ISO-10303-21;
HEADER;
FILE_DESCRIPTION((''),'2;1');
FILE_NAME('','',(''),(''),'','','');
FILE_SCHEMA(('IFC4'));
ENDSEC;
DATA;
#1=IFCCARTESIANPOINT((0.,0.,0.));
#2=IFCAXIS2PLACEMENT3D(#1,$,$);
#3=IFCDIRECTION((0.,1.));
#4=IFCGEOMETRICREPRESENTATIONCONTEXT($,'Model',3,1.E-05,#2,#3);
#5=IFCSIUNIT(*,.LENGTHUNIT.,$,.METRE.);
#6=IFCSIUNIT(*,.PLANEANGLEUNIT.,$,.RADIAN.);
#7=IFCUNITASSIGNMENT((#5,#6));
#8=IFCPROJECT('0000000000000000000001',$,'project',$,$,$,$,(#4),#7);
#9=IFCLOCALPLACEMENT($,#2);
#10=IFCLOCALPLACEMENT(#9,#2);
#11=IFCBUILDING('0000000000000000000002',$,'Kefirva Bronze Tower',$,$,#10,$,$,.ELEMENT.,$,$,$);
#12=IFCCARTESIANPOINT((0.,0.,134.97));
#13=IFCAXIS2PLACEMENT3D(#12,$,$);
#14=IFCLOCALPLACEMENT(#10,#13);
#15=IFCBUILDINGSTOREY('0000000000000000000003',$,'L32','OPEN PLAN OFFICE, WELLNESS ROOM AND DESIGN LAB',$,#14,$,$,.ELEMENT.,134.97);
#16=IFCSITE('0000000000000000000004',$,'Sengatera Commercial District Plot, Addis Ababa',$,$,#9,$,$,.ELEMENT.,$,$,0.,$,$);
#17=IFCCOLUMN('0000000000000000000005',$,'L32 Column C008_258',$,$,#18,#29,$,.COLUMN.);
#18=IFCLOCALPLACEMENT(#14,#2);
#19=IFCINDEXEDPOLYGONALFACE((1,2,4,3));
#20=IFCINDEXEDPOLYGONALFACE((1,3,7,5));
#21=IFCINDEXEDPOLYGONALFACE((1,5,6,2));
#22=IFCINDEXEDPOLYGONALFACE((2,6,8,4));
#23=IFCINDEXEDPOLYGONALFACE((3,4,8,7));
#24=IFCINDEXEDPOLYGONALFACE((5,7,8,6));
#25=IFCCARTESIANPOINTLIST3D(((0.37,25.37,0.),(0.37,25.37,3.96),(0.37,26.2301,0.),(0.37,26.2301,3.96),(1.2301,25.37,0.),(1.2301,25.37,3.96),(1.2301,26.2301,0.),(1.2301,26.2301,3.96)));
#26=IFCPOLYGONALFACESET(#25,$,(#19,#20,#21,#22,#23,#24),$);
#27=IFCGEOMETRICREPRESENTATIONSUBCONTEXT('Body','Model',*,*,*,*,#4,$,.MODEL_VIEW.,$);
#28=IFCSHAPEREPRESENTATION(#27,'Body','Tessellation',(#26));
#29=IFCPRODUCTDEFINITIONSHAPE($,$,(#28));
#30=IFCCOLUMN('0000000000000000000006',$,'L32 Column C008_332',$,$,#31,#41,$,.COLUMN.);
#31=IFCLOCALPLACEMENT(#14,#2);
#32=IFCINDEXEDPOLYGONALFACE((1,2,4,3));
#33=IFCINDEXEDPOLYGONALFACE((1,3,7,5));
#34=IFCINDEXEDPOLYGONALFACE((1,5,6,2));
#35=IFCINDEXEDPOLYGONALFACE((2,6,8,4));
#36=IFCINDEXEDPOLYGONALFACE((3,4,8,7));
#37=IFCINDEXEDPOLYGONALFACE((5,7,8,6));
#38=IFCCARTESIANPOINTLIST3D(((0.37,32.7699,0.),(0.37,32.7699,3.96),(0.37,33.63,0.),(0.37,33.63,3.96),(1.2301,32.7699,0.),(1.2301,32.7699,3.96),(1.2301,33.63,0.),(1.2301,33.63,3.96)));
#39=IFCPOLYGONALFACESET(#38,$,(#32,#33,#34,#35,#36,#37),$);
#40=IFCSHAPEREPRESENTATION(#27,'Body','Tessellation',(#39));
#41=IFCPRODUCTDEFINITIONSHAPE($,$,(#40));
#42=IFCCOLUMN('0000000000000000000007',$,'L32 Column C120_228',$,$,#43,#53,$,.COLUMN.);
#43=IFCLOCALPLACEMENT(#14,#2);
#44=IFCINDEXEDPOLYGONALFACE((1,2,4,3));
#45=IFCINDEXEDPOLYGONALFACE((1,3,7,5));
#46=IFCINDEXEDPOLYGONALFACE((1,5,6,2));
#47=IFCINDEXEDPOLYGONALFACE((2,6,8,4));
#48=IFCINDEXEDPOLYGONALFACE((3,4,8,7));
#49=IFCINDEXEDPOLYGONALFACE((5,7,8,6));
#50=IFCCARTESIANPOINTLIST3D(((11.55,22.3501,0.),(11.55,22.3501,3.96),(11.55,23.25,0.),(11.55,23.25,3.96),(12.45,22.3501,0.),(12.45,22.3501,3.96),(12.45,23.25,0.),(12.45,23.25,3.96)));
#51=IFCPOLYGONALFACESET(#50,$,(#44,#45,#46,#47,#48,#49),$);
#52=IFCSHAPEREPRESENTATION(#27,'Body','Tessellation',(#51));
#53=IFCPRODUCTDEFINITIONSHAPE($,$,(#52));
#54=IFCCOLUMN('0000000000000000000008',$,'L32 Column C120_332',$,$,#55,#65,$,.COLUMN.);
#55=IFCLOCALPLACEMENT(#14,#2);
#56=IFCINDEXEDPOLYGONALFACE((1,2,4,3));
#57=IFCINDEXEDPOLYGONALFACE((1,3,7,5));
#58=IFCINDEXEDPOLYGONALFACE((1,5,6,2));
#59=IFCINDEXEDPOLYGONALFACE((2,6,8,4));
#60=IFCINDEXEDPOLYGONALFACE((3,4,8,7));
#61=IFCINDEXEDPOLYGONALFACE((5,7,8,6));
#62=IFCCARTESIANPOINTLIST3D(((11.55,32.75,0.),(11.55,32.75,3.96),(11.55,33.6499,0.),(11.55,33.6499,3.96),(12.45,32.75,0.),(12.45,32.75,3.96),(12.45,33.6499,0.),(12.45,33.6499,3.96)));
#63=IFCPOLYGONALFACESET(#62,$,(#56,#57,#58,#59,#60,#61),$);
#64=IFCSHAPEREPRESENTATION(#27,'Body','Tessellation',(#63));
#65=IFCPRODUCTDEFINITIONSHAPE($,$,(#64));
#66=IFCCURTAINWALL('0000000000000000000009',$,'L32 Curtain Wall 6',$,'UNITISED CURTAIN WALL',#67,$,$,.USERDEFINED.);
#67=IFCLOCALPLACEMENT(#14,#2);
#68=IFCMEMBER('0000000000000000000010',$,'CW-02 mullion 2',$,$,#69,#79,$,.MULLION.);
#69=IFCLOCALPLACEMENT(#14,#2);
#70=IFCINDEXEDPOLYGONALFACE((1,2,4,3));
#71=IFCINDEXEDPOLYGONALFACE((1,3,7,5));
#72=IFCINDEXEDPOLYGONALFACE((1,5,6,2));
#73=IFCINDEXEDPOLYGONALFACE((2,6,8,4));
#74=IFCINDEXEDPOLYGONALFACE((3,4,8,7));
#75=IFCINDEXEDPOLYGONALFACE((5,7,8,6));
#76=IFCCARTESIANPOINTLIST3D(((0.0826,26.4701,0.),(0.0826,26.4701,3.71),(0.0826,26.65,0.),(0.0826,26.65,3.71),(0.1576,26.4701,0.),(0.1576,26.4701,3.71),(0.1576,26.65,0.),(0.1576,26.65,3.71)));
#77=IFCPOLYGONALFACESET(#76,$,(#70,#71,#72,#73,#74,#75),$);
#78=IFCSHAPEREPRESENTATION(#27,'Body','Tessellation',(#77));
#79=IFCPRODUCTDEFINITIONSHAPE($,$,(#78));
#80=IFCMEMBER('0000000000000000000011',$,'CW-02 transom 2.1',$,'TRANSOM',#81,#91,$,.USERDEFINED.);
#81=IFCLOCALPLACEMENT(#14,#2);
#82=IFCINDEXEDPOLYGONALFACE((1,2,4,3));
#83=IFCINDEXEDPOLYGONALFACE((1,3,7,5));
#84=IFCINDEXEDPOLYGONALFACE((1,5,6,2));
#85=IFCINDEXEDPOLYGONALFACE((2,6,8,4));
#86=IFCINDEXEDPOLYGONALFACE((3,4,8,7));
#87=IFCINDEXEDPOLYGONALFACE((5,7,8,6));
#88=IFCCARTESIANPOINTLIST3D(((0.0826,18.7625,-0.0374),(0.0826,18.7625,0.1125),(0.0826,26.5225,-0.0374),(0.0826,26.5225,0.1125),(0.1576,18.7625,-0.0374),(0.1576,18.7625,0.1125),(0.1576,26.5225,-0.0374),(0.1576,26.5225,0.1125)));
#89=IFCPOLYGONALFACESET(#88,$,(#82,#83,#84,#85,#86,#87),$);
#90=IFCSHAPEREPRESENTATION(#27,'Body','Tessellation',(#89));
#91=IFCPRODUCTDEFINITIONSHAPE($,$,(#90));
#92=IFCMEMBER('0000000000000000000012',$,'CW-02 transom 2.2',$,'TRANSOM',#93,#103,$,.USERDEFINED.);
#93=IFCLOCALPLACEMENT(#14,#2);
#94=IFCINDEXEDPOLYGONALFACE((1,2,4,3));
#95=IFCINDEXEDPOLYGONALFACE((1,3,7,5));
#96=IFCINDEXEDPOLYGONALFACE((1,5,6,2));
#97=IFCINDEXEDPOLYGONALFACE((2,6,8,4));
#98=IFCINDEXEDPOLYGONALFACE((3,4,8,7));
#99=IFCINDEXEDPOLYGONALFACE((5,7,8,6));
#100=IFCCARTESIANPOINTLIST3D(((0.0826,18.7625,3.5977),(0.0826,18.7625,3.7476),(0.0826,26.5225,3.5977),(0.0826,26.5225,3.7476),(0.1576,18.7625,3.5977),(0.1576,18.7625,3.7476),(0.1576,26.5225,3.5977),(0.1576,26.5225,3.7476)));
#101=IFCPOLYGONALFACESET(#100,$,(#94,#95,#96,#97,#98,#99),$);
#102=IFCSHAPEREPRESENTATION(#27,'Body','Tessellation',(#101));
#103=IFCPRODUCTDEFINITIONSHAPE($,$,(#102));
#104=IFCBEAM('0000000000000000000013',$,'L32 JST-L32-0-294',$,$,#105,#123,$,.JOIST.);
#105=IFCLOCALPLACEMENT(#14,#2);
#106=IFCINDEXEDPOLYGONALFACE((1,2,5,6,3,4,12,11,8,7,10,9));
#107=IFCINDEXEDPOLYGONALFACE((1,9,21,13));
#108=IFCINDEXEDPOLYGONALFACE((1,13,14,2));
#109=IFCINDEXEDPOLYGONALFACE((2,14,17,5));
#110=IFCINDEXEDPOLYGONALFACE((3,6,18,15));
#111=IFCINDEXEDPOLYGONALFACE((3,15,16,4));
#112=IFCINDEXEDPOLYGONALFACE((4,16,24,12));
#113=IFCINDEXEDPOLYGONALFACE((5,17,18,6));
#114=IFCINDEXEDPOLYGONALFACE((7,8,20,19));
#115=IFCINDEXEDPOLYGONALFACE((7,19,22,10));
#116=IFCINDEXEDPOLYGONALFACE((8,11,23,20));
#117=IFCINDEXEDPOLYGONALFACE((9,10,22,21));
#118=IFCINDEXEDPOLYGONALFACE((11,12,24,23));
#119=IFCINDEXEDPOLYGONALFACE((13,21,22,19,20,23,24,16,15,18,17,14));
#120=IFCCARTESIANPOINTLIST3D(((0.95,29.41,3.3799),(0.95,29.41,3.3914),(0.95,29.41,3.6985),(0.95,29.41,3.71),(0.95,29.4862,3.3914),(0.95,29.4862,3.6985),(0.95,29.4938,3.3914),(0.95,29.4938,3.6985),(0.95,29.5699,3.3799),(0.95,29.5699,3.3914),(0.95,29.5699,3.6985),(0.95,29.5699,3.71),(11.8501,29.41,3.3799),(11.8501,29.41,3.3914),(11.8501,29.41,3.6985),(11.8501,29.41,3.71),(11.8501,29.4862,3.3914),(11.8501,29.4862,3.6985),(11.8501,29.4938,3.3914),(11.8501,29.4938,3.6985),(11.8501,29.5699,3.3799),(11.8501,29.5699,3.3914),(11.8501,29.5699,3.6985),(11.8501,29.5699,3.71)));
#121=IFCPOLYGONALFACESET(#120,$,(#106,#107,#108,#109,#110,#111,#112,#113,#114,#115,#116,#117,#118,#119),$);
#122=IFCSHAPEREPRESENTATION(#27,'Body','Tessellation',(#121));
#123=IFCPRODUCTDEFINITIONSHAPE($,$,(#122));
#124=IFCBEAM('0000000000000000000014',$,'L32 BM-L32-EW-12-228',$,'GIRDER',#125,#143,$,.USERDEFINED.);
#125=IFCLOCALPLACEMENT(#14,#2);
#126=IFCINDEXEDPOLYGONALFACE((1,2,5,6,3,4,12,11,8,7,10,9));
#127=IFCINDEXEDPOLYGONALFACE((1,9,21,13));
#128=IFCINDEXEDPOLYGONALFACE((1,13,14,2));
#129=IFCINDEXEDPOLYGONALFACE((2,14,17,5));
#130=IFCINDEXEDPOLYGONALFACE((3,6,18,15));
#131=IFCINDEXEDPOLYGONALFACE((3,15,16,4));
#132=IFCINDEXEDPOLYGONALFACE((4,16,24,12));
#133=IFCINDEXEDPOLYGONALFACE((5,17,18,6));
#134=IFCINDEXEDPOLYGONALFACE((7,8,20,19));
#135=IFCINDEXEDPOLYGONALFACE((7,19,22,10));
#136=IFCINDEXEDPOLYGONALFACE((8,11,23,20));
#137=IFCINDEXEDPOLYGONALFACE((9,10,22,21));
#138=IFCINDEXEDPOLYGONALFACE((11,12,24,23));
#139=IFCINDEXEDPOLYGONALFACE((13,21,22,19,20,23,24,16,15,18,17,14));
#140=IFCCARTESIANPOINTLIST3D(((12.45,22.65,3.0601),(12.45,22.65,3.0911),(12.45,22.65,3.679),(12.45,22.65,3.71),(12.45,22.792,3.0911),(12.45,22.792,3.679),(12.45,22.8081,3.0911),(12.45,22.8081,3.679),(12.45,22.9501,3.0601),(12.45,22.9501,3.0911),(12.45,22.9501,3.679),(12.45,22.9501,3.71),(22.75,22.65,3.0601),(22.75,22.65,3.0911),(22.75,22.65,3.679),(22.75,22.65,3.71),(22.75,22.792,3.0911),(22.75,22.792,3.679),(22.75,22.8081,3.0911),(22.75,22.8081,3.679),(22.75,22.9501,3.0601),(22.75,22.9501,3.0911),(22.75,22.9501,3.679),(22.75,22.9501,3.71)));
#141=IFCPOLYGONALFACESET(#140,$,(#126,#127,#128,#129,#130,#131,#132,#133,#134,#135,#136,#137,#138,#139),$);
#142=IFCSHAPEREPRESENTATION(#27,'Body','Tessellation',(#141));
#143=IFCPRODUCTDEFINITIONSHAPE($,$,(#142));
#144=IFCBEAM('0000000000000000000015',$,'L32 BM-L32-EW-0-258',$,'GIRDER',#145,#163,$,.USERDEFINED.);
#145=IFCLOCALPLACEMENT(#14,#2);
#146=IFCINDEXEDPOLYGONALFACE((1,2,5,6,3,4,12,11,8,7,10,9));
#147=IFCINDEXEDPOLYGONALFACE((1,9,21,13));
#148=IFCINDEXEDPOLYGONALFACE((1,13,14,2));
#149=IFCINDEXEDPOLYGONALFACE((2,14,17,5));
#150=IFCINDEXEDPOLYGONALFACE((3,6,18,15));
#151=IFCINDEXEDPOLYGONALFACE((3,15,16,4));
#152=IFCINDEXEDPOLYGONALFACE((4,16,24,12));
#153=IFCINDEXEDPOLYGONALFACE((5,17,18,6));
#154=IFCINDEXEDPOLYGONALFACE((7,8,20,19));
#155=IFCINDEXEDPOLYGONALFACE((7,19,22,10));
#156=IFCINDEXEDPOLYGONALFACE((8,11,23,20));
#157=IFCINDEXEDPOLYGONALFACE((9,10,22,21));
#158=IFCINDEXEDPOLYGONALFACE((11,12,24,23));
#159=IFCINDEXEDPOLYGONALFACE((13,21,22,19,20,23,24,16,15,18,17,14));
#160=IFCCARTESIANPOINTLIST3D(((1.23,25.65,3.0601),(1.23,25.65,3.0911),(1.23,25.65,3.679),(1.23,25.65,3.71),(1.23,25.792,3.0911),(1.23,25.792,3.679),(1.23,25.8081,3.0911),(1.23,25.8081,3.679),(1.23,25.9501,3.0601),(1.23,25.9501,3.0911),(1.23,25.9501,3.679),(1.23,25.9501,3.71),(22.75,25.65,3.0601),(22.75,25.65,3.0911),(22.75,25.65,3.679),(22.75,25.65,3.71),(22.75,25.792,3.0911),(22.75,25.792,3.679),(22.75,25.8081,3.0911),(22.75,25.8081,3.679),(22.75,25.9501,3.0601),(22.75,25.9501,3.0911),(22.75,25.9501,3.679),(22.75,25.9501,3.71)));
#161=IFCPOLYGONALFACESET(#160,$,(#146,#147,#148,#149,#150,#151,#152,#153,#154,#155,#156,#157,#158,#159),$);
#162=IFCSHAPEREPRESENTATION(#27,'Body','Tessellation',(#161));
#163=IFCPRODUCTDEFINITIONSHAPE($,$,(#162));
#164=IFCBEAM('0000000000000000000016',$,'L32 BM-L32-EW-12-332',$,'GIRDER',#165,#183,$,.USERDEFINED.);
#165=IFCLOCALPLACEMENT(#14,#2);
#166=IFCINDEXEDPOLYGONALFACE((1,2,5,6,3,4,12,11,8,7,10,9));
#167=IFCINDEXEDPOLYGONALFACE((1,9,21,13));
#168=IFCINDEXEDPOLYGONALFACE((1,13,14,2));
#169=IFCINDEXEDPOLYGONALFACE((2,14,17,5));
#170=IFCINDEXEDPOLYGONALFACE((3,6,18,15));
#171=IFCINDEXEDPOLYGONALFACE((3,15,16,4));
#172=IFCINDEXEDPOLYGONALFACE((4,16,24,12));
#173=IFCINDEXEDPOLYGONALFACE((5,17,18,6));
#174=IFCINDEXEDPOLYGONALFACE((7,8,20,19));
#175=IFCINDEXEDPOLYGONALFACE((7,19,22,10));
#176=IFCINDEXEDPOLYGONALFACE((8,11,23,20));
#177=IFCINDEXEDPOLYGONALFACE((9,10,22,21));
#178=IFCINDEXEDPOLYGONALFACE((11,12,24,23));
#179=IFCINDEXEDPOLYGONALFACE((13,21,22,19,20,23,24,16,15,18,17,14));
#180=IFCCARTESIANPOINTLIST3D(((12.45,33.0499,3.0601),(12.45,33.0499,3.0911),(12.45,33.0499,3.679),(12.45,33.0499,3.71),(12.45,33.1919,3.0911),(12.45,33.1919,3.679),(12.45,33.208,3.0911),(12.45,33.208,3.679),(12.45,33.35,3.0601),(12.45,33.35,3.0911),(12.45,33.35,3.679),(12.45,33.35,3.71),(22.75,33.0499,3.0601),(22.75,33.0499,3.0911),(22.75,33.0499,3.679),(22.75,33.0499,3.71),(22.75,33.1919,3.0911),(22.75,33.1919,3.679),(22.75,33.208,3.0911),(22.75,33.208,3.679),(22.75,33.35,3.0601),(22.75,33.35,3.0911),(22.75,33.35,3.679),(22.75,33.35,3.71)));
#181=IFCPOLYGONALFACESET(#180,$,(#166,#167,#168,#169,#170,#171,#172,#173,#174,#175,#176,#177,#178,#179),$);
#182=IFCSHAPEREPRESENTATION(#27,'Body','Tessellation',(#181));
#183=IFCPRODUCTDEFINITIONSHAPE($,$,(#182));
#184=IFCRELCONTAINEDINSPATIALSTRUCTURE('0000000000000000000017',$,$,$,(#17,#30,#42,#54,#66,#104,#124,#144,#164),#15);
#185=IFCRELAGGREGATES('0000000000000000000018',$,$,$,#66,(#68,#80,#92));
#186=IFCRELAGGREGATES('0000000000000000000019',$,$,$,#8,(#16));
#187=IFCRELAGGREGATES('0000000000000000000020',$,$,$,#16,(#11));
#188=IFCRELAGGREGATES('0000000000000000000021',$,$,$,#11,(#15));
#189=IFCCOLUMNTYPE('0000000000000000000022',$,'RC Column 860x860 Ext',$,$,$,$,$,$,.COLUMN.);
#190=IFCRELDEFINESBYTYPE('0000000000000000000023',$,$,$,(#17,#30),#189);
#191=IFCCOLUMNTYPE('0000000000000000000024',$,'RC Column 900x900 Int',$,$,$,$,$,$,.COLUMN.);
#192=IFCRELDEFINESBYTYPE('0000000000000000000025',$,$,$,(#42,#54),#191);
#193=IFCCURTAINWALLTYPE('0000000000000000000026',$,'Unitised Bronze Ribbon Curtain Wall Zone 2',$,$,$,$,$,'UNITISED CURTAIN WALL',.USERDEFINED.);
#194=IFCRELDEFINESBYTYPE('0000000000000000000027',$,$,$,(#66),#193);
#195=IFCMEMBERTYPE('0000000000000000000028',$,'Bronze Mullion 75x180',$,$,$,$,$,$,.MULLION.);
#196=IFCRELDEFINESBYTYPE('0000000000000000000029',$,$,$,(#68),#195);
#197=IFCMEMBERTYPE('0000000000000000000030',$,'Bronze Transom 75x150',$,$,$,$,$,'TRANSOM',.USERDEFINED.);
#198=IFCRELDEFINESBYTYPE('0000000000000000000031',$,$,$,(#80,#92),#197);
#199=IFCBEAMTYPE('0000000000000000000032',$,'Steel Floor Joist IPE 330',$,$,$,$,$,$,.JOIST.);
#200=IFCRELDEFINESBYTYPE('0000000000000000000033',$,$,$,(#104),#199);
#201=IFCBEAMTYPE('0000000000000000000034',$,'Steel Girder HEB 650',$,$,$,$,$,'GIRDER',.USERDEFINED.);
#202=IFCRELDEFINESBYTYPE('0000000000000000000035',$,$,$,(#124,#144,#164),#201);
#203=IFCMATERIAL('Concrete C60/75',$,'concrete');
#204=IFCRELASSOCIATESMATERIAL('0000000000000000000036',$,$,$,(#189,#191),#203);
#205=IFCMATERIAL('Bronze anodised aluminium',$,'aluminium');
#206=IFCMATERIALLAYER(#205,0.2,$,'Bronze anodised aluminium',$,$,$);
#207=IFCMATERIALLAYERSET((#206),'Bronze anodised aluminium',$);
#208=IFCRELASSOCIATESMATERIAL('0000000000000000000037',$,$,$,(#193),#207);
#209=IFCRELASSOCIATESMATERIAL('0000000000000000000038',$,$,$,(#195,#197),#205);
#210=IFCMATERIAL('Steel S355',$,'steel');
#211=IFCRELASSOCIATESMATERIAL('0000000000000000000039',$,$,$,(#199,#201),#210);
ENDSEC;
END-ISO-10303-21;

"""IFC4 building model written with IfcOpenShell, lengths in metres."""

from ifc_helpers import new_model, si_unit, direction, frame, origin, origin_2d, place, context, subcontext, project, spatial, rectangle, i_section, extrude, material, layer, layer_set, material_profile, profile_set, type_object, element, aggregate, save


model = new_model("IFC4")

# Units and contexts
model_context = context("Model", 3, precision=1e-05, world=origin(), true_north=direction((0.0, 1.0)))
body_context = subcontext(model_context, "Body", "Model", "MODEL_VIEW")
ifc_project = project(units=[si_unit("LENGTHUNIT", "METRE"), si_unit("PLANEANGLEUNIT", "RADIAN")], contexts=[model_context])

# Site, building, storey
site_placement = place(None, origin())
site = spatial("IfcSite", under=ifc_project, at=site_placement, Name="Sengatera Commercial District Plot, Addis Ababa", CompositionType="ELEMENT", RefElevation=0.0)
building_placement = place(site_placement, origin())
building = spatial("IfcBuilding", under=site, at=building_placement, Name="Kefirva Bronze Tower", CompositionType="ELEMENT")
storey_placement = place(building_placement, frame((0.0, 0.0, 134.97)))
storey = spatial("IfcBuildingStorey", under=building, at=storey_placement, Name="L32", Description="OPEN PLAN OFFICE, WELLNESS ROOM AND DESIGN LAB", CompositionType="ELEMENT", Elevation=134.97)

# Columns
ifc_material_1 = material(Name="Concrete C60/75", Category="concrete")
ifc_material_profile_1 = material_profile(ifc_material_1, rectangle(XDim=0.8601, YDim=0.8601, at=origin_2d()), Name="RC 860x860")
ifc_profile_set_1 = profile_set([ifc_material_profile_1], Name="Concrete C60/75")
column_type_1 = type_object("IfcColumnType", Name="RC Column 860x860 Ext", PredefinedType="COLUMN", material=ifc_profile_set_1)
for number, where, z_axis, x_axis, name in (
    (1, (0.8, 25.8, 0.0), (0.0, 0.0, 1.0), (1.0, 0.0, 0.0), "L32 Column C008_258"),
    (2, (0.8, 33.2, 0.0), (0.0, 0.0, 1.0), (1.0, 0.0, 0.0), "L32 Column C008_332"),
):
    element("IfcColumn", number, at=place(storey_placement, frame(where, z_axis=z_axis, x_axis=x_axis)), inside=storey, type_object=column_type_1, Name=name, PredefinedType="COLUMN", context=body_context, shape_type="SweptSolid", body=[
        extrude(rectangle(XDim=0.8601, YDim=0.8601, at=origin_2d()), origin(), (0.0, 0.0, 1.0), 3.96),
    ])
ifc_material_profile_2 = material_profile(ifc_material_1, rectangle(XDim=0.8999, YDim=0.8999, at=origin_2d()), Name="RC 900x900")
ifc_profile_set_2 = profile_set([ifc_material_profile_2], Name="Concrete C60/75")
column_type_2 = type_object("IfcColumnType", Name="RC Column 900x900 Int", PredefinedType="COLUMN", material=ifc_profile_set_2)
for number, where, z_axis, x_axis, name in (
    (3, (12.0, 22.8, 0.0), (0.0, 0.0, 1.0), (1.0, 0.0, 0.0), "L32 Column C120_228"),
    (4, (12.0, 33.2, 0.0), (0.0, 0.0, 1.0), (1.0, 0.0, 0.0), "L32 Column C120_332"),
):
    element("IfcColumn", number, at=place(storey_placement, frame(where, z_axis=z_axis, x_axis=x_axis)), inside=storey, type_object=column_type_2, Name=name, PredefinedType="COLUMN", context=body_context, shape_type="SweptSolid", body=[
        extrude(rectangle(XDim=0.8999, YDim=0.8999, at=origin_2d()), origin(), (0.0, 0.0, 1.0), 3.96),
    ])

# Curtain wall, members
ifc_material_2 = material(Name="Bronze anodised aluminium", Category="aluminium")
ifc_layer_1 = layer(ifc_material_2, 0.2, Name="Bronze anodised aluminium")
ifc_layer_set_1 = layer_set([ifc_layer_1], Name="Bronze anodised aluminium")
curtain_wall_type = type_object("IfcCurtainWallType", Name="Unitised Bronze Ribbon Curtain Wall Zone 2", ElementType="UNITISED CURTAIN WALL", PredefinedType="USERDEFINED", material=ifc_layer_set_1)
curtain_wall_placement = place(storey_placement, origin())
curtain_wall = element("IfcCurtainWall", 5, at=curtain_wall_placement, inside=storey, type_object=curtain_wall_type, Name="L32 Curtain Wall 6", ObjectType="UNITISED CURTAIN WALL", PredefinedType="USERDEFINED")
ifc_material_profile_3 = material_profile(ifc_material_2, rectangle(XDim=0.075, YDim=0.1799, at=origin_2d()), Name="ALU 75x180")
ifc_profile_set_3 = profile_set([ifc_material_profile_3], Name="Bronze anodised aluminium")
member_type_1 = type_object("IfcMemberType", Name="Bronze Mullion 75x180", PredefinedType="MULLION", material=ifc_profile_set_3)
member_1_placement = place(storey_placement, frame((0.1201, 26.5601, 0.0), z_axis=(0.0, 0.0, 1.0), x_axis=(1.0, 0.0, 0.0)))
member_1 = element("IfcMember", 6, at=member_1_placement, type_object=member_type_1, Name="CW-02 mullion 2", PredefinedType="MULLION", context=body_context, shape_type="SweptSolid", body=[
    extrude(rectangle(XDim=0.075, YDim=0.1799, at=origin_2d()), origin(), (0.0, 0.0, 1.0), 3.71),
])
ifc_material_profile_4 = material_profile(ifc_material_2, rectangle(XDim=0.075, YDim=0.1499, at=origin_2d()), Name="ALU 75x150")
ifc_profile_set_4 = profile_set([ifc_material_profile_4], Name="Bronze anodised aluminium")
member_type_2 = type_object("IfcMemberType", Name="Bronze Transom 75x150", ElementType="TRANSOM", PredefinedType="USERDEFINED", material=ifc_profile_set_4)
member_2_placement = place(storey_placement, frame((0.1201, 26.5225, 0.0376), z_axis=(0.0, -1.0, 0.0), x_axis=(1.0, 0.0, 0.0)))
member_2 = element("IfcMember", 7, at=member_2_placement, type_object=member_type_2, Name="CW-02 transom 2.1", ObjectType="TRANSOM", PredefinedType="USERDEFINED", context=body_context, shape_type="SweptSolid", body=[
    extrude(rectangle(XDim=0.075, YDim=0.1499, at=origin_2d()), origin(), (0.0, 0.0, 1.0), 7.76),
])
member_3_placement = place(storey_placement, frame((0.1201, 26.5225, 3.6726), z_axis=(0.0, -1.0, 0.0), x_axis=(1.0, 0.0, 0.0)))
member_3 = element("IfcMember", 8, at=member_3_placement, type_object=member_type_2, Name="CW-02 transom 2.2", ObjectType="TRANSOM", PredefinedType="USERDEFINED", context=body_context, shape_type="SweptSolid", body=[
    extrude(rectangle(XDim=0.075, YDim=0.1499, at=origin_2d()), origin(), (0.0, 0.0, 1.0), 7.76),
])

# Beams
ifc_material_3 = material(Name="Steel S355", Category="steel")
ifc_material_profile_5 = material_profile(ifc_material_3, i_section(OverallWidth=0.1599, OverallDepth=0.3301, WebThickness=0.0076, FlangeThickness=0.0115, at=origin_2d()), Name="IPE 330")
ifc_profile_set_5 = profile_set([ifc_material_profile_5], Name="Steel S355")
beam_type_1 = type_object("IfcBeamType", Name="Steel Floor Joist IPE 330", PredefinedType="JOIST", material=ifc_profile_set_5)
beam_1_placement = place(storey_placement, frame((0.95, 29.49, 3.5449), z_axis=(1.0, 0.0, 0.0), x_axis=(0.0, 1.0, 0.0)))
element("IfcBeam", 9, at=beam_1_placement, inside=storey, type_object=beam_type_1, Name="L32 JST-L32-0-294", PredefinedType="JOIST", context=body_context, shape_type="SweptSolid", body=[
    extrude(i_section(OverallWidth=0.1599, OverallDepth=0.3301, WebThickness=0.0076, FlangeThickness=0.0115, at=origin_2d()), origin(), (0.0, 0.0, 1.0), 10.9001),
])
ifc_material_profile_6 = material_profile(ifc_material_3, i_section(OverallWidth=0.3, OverallDepth=0.6499, WebThickness=0.0161, FlangeThickness=0.031, at=origin_2d()), Name="HEB 650")
ifc_profile_set_6 = profile_set([ifc_material_profile_6], Name="Steel S355")
beam_type_2 = type_object("IfcBeamType", Name="Steel Girder HEB 650", ElementType="GIRDER", PredefinedType="USERDEFINED", material=ifc_profile_set_6)
beam_2_placement = place(storey_placement, frame((12.45, 22.8, 3.385), z_axis=(1.0, 0.0, 0.0), x_axis=(0.0, 1.0, 0.0)))
element("IfcBeam", 10, at=beam_2_placement, inside=storey, type_object=beam_type_2, Name="L32 BM-L32-EW-12-228", ObjectType="GIRDER", PredefinedType="USERDEFINED", context=body_context, shape_type="SweptSolid", body=[
    extrude(i_section(OverallWidth=0.3, OverallDepth=0.6499, WebThickness=0.0161, FlangeThickness=0.031, at=origin_2d()), origin(), (0.0, 0.0, 1.0), 10.3),
])
beam_3_placement = place(storey_placement, frame((1.23, 25.8, 3.385), z_axis=(1.0, 0.0, 0.0), x_axis=(0.0, 1.0, 0.0)))
element("IfcBeam", 11, at=beam_3_placement, inside=storey, type_object=beam_type_2, Name="L32 BM-L32-EW-0-258", ObjectType="GIRDER", PredefinedType="USERDEFINED", context=body_context, shape_type="SweptSolid", body=[
    extrude(i_section(OverallWidth=0.3, OverallDepth=0.6499, WebThickness=0.0161, FlangeThickness=0.031, at=origin_2d()), origin(), (0.0, 0.0, 1.0), 21.52),
])
beam_4_placement = place(storey_placement, frame((12.45, 33.2, 3.385), z_axis=(1.0, 0.0, 0.0), x_axis=(0.0, 1.0, 0.0)))
element("IfcBeam", 12, at=beam_4_placement, inside=storey, type_object=beam_type_2, Name="L32 BM-L32-EW-12-332", ObjectType="GIRDER", PredefinedType="USERDEFINED", context=body_context, shape_type="SweptSolid", body=[
    extrude(i_section(OverallWidth=0.3, OverallDepth=0.6499, WebThickness=0.0161, FlangeThickness=0.031, at=origin_2d()), origin(), (0.0, 0.0, 1.0), 10.3),
])

aggregate(curtain_wall, [member_1, member_2, member_3])

save(model, "model.ifc")
